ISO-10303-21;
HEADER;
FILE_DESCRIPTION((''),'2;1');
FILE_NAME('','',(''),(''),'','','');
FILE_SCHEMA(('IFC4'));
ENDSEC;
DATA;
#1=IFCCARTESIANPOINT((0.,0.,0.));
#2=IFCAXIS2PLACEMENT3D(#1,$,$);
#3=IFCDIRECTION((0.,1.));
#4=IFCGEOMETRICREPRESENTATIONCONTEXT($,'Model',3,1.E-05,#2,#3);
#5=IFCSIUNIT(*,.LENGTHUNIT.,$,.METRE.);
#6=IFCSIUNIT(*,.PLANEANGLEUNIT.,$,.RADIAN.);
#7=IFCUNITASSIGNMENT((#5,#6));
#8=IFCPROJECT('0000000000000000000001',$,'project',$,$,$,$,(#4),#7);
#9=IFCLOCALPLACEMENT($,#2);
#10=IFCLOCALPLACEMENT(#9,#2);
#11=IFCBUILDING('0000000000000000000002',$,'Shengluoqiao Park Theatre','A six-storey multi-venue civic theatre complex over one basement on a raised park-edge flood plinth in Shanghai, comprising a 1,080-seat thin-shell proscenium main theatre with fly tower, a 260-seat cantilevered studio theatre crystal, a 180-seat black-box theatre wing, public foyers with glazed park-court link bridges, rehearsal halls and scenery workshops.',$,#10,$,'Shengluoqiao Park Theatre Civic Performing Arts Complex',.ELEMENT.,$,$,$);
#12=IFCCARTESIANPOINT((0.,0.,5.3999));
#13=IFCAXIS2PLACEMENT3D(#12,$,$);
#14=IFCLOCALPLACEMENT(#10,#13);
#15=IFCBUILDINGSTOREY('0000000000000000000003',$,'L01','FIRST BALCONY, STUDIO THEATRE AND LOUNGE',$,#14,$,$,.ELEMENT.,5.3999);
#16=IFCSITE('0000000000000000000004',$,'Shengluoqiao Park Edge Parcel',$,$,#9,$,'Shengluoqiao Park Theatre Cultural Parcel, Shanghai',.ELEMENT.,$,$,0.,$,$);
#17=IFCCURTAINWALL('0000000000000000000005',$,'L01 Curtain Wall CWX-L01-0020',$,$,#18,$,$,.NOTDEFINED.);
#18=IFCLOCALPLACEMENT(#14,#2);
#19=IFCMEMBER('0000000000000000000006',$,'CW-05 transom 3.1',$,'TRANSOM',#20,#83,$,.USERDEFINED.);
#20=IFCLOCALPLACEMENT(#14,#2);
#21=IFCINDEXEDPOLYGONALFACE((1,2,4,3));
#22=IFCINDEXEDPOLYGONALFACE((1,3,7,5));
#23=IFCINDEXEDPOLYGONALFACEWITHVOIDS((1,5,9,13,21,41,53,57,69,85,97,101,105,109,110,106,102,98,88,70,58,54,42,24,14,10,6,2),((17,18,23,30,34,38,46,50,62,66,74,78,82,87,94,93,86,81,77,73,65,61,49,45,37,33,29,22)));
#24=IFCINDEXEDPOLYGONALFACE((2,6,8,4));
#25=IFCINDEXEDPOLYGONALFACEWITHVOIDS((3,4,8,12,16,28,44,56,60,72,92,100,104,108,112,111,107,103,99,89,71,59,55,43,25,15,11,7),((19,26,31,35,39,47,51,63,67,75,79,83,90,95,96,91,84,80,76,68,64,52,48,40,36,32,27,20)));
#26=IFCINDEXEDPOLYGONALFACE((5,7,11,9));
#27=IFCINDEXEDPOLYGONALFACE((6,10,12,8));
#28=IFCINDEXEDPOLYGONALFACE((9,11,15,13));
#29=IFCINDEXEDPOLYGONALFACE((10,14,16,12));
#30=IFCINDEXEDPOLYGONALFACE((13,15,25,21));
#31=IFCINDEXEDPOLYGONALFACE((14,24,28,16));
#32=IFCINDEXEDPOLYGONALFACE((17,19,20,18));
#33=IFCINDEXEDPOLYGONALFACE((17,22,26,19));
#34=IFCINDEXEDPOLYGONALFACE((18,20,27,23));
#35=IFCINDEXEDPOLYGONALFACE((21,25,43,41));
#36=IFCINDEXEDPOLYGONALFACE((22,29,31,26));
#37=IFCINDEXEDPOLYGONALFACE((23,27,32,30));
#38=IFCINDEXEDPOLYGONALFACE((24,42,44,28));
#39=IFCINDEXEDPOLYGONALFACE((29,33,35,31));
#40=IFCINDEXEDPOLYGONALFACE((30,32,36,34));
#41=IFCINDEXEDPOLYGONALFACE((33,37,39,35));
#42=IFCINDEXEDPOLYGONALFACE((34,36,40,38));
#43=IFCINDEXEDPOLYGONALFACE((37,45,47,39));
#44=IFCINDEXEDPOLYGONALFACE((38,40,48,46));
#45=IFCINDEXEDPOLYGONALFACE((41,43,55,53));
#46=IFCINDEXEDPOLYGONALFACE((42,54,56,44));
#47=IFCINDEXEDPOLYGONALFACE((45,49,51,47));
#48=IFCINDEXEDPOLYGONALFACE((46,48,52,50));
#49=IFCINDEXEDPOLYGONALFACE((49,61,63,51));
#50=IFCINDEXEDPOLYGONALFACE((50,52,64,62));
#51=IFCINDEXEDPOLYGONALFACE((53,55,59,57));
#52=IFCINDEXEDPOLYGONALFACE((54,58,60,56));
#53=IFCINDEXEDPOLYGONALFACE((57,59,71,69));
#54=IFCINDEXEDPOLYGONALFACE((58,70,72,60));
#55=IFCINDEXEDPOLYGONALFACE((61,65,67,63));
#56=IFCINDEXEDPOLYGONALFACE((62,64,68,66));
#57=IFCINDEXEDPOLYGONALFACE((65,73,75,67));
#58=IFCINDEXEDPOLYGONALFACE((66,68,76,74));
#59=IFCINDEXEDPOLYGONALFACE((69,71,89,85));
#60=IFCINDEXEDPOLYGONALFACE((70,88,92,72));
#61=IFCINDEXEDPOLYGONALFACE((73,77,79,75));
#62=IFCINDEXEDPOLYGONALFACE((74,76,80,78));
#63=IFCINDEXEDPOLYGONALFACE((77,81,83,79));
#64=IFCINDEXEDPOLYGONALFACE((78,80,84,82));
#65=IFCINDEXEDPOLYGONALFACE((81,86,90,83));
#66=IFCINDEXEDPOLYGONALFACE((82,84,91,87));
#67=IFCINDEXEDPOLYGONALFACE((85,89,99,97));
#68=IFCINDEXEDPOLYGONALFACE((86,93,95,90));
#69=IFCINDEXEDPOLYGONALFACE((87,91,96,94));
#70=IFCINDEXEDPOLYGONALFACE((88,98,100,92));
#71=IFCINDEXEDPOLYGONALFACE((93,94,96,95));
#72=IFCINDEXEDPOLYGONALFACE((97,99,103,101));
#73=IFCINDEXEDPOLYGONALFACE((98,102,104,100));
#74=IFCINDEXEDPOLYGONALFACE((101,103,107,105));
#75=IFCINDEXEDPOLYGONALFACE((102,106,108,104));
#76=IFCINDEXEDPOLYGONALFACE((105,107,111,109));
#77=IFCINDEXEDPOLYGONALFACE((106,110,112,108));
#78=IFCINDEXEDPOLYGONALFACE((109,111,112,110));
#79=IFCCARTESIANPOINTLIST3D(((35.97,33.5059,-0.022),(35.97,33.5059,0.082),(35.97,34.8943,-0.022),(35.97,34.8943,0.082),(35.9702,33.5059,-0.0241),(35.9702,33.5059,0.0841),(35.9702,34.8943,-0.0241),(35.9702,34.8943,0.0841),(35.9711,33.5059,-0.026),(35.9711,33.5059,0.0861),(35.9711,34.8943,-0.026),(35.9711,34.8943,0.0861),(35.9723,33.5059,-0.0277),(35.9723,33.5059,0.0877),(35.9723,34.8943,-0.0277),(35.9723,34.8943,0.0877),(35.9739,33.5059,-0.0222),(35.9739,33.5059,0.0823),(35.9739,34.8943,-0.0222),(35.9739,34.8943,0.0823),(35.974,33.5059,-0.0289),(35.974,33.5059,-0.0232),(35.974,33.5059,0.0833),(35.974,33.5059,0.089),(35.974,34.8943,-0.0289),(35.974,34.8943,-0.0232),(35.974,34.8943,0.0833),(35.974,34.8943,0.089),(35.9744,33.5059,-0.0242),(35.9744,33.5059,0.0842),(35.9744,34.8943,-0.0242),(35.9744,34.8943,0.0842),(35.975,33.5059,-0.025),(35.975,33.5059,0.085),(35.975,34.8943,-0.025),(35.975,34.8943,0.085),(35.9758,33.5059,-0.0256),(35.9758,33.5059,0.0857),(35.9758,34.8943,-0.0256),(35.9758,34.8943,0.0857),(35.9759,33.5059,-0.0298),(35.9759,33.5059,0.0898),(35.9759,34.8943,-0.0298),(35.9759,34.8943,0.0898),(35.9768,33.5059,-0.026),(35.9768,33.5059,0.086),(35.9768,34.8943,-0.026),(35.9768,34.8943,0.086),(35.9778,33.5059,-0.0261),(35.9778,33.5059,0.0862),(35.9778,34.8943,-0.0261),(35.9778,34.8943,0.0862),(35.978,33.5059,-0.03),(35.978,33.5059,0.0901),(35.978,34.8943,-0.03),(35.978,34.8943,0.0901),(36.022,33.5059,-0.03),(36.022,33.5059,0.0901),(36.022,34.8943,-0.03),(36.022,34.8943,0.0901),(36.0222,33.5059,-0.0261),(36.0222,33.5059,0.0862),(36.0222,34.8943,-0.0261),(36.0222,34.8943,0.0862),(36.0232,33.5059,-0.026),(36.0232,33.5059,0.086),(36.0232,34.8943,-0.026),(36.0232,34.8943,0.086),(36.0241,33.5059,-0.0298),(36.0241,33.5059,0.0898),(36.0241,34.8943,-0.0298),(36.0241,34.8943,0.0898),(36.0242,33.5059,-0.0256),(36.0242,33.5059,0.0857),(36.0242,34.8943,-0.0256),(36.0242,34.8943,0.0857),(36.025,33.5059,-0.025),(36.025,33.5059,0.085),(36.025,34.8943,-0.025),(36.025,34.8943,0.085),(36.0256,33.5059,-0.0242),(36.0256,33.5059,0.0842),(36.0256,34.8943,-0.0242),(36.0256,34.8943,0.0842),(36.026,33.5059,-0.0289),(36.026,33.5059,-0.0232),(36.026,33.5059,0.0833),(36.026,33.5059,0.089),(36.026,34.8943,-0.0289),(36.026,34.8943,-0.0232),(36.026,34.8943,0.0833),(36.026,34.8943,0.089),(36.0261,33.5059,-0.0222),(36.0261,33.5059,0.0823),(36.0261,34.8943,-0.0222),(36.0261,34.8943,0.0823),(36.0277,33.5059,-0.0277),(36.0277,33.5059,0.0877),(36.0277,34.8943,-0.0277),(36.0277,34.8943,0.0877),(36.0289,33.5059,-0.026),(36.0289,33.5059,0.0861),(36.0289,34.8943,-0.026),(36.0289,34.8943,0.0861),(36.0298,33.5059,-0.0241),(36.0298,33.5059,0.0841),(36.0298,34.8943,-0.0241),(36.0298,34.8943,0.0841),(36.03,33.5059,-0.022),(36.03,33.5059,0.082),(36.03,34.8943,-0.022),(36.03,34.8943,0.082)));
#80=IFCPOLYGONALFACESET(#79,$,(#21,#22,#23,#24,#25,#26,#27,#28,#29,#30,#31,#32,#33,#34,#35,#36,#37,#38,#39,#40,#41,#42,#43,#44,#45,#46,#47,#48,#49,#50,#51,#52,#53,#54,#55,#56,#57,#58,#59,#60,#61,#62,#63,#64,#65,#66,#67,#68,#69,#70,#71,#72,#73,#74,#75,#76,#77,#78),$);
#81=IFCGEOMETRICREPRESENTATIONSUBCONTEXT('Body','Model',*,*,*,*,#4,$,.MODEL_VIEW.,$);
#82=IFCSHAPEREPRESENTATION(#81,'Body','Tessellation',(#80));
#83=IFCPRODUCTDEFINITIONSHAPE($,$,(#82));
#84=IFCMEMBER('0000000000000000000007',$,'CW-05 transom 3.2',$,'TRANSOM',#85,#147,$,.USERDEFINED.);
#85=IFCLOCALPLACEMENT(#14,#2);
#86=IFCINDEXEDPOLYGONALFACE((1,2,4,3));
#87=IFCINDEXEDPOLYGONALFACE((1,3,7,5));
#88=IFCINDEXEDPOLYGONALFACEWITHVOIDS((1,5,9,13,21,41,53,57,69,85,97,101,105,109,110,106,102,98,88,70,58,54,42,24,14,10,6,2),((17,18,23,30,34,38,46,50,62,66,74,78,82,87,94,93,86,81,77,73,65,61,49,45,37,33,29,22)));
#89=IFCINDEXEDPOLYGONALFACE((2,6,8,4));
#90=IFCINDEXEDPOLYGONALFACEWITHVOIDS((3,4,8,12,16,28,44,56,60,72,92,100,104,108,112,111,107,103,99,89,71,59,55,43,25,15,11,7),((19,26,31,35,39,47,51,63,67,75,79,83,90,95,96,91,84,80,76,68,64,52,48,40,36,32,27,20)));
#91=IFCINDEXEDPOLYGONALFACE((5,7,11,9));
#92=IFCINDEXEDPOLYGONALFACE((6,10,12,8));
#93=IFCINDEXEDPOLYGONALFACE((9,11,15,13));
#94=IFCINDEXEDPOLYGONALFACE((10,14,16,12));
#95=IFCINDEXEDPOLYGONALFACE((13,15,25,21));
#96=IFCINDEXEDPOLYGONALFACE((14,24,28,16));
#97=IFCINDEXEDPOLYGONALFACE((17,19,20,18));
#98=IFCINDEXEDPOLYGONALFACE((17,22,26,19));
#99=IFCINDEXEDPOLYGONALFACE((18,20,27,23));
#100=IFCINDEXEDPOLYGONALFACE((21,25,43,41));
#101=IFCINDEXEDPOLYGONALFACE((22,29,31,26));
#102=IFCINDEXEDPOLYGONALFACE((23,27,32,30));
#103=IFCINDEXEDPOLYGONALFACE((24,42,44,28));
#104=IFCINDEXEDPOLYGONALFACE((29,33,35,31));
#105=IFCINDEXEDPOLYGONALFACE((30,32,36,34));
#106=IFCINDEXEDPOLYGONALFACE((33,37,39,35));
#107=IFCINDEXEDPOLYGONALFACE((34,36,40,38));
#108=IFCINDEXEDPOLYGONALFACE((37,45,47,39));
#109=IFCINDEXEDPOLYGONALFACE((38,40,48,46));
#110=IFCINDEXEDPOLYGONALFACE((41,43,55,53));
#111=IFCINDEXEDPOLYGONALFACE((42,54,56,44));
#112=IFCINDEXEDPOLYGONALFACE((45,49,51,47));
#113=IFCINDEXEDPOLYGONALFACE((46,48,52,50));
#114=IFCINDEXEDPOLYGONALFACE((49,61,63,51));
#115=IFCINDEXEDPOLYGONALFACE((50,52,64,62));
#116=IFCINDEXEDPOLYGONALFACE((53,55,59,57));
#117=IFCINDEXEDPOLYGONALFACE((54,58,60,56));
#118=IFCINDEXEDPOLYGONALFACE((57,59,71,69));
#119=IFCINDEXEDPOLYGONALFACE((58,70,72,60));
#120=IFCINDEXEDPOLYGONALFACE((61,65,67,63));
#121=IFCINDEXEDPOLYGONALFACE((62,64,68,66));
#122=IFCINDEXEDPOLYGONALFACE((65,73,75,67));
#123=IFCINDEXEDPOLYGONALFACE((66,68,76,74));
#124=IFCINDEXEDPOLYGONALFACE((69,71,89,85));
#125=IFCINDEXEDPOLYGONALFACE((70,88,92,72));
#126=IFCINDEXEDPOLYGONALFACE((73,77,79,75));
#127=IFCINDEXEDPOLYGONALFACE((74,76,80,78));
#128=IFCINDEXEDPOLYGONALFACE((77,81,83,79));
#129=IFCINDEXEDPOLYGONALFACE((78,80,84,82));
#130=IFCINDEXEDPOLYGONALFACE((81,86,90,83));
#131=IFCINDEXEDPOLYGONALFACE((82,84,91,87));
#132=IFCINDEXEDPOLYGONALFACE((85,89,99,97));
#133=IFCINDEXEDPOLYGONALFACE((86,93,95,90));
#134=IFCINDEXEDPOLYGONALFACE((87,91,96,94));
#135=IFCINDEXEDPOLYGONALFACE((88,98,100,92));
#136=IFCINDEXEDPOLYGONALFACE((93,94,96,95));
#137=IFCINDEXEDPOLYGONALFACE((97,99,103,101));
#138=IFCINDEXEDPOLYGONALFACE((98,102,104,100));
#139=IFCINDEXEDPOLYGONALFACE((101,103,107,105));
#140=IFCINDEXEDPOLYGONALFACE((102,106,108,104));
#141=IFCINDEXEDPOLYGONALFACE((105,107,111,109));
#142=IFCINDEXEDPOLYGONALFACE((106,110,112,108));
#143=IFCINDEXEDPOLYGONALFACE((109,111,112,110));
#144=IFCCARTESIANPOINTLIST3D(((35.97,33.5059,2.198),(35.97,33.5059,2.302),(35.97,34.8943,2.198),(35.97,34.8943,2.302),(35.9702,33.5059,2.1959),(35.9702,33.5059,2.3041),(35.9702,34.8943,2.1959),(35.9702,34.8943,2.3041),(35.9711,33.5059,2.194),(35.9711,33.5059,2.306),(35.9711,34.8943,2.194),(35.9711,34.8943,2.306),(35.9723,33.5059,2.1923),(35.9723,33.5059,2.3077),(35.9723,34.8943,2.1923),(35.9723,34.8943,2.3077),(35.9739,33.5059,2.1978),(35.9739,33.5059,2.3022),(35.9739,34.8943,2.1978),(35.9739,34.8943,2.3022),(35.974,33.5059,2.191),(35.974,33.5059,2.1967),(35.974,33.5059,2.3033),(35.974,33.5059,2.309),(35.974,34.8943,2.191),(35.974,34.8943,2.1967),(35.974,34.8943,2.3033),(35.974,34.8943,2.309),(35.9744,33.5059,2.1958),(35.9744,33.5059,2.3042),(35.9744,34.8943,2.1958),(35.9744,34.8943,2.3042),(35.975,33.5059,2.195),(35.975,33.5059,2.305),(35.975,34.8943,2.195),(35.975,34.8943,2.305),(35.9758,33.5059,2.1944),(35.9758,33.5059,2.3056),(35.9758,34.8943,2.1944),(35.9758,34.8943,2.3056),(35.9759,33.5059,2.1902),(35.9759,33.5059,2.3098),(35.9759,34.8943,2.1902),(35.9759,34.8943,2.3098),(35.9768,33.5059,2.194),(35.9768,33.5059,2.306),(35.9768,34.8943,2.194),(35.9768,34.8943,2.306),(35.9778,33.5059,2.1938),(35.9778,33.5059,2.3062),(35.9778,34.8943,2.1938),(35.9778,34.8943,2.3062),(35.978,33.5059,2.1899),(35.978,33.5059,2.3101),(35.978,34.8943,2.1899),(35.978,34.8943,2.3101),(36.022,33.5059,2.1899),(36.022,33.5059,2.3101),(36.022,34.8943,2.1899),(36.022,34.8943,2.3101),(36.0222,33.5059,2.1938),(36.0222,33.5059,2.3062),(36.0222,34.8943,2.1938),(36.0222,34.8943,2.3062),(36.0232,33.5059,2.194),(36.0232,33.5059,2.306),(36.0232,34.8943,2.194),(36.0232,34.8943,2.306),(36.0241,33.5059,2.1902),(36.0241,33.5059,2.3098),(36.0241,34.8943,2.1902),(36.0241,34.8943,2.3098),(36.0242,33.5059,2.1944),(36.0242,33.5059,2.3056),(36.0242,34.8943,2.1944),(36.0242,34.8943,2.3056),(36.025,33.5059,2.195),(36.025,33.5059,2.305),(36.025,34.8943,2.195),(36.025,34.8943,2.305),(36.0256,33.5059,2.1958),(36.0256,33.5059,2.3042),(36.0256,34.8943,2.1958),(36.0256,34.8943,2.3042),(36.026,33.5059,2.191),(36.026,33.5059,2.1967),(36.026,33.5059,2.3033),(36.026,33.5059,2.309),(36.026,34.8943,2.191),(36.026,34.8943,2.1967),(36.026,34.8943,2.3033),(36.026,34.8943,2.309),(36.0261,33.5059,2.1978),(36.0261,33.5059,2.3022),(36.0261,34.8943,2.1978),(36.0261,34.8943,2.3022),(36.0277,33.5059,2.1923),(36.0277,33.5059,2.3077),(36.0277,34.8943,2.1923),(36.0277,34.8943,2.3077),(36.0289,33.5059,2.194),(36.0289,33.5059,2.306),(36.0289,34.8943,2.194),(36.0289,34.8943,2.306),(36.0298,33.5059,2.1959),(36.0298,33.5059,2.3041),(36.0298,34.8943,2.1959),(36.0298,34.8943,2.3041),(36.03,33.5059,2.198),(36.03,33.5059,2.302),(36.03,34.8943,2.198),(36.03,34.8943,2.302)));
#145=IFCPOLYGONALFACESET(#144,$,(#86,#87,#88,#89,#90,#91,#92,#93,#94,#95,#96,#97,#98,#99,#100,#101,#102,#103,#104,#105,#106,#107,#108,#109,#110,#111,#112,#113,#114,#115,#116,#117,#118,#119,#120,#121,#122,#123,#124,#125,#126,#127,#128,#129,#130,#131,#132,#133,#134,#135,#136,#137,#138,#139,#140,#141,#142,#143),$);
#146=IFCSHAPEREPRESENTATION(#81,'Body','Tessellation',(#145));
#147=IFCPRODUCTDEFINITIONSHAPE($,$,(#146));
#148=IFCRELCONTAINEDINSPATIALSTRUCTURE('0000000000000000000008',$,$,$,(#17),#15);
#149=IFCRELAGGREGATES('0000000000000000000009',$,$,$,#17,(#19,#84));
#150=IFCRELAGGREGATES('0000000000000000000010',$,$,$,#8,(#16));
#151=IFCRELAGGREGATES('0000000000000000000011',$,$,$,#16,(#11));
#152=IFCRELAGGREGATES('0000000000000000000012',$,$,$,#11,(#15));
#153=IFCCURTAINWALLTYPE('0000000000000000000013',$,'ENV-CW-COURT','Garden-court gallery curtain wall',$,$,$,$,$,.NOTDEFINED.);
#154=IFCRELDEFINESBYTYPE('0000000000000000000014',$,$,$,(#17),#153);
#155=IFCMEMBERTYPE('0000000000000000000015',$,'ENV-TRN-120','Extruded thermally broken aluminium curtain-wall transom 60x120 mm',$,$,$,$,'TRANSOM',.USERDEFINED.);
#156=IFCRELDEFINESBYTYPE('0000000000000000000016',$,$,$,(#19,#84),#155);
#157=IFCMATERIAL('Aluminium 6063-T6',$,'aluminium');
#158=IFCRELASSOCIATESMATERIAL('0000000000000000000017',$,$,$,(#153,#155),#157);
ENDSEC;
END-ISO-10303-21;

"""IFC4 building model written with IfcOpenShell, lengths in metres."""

from ifc_helpers import new_model, si_unit, direction, frame, origin, origin_2d, place, context, subcontext, project, spatial, hollow_rectangle, extrude, material, material_profile, profile_set, type_object, element, aggregate, save


model = new_model("IFC4")

# Units and contexts
model_context = context("Model", 3, precision=1e-05, world=origin(), true_north=direction((0.0, 1.0)))
body_context = subcontext(model_context, "Body", "Model", "MODEL_VIEW")
ifc_project = project(units=[si_unit("LENGTHUNIT", "METRE"), si_unit("PLANEANGLEUNIT", "RADIAN")], contexts=[model_context])

# Site, building, storey
site_placement = place(None, origin())
site = spatial("IfcSite", under=ifc_project, at=site_placement, Name="Shengluoqiao Park Edge Parcel", LongName="Shengluoqiao Park Theatre Cultural Parcel, Shanghai", CompositionType="ELEMENT", RefElevation=0.0)
building_placement = place(site_placement, origin())
building = spatial("IfcBuilding", under=site, at=building_placement, Name="Shengluoqiao Park Theatre", Description="A six-storey multi-venue civic theatre complex over one basement on a raised park-edge flood plinth in Shanghai, comprising a 1,080-seat thin-shell proscenium main theatre with fly tower, a 260-seat cantilevered studio theatre crystal, a 180-seat black-box theatre wing, public foyers with glazed park-court link bridges, rehearsal halls and scenery workshops.", LongName="Shengluoqiao Park Theatre Civic Performing Arts Complex", CompositionType="ELEMENT")
storey_placement = place(building_placement, frame((0.0, 0.0, 5.3999)))
storey = spatial("IfcBuildingStorey", under=building, at=storey_placement, Name="L01", Description="FIRST BALCONY, STUDIO THEATRE AND LOUNGE", CompositionType="ELEMENT", Elevation=5.3999)

# Curtain wall
ifc_material_1 = material(Name="Aluminium 6063-T6", Category="aluminium")
curtain_wall_type = type_object("IfcCurtainWallType", Name="ENV-CW-COURT", Description="Garden-court gallery curtain wall", PredefinedType="NOTDEFINED", material=ifc_material_1)
curtain_wall_1_placement = place(storey_placement, origin())
curtain_wall_1 = element("IfcCurtainWall", 1, at=curtain_wall_1_placement, inside=storey, type_object=curtain_wall_type, Name="L01 Curtain Wall CWX-L01-0020", PredefinedType="NOTDEFINED")

# Members
ifc_material_profile_1 = material_profile(ifc_material_1, hollow_rectangle(XDim=0.0601, YDim=0.1201, WallThickness=0.0039, InnerFilletRadius=0.0039, OuterFilletRadius=0.0081, at=origin_2d()), Name="ALU TRANSOM 120x60x4")
ifc_profile_set_1 = profile_set([ifc_material_profile_1], Name="Aluminium 6063-T6")
member_type_1 = type_object("IfcMemberType", Name="ENV-TRN-120", Description="Extruded thermally broken aluminium curtain-wall transom 60x120 mm", ElementType="TRANSOM", PredefinedType="USERDEFINED", material=ifc_profile_set_1)
member_1_placement = place(storey_placement, frame((36.0, 33.5059, 0.03), z_axis=(0.0, 1.0, 0.0), x_axis=(-1.0, 0.0, 0.0)))
member_1 = element("IfcMember", 2, at=member_1_placement, type_object=member_type_1, Name="CW-05 transom 3.1", ObjectType="TRANSOM", PredefinedType="USERDEFINED", context=body_context, shape_type="SweptSolid", body=[
    extrude(hollow_rectangle(XDim=0.0601, YDim=0.1201, WallThickness=0.0039, InnerFilletRadius=0.0039, OuterFilletRadius=0.0081, at=origin_2d()), origin(), (0.0, 0.0, 1.0), 1.3884),
])
member_2_placement = place(storey_placement, frame((36.0, 33.5059, 2.25), z_axis=(0.0, 1.0, 0.0), x_axis=(-1.0, 0.0, 0.0)))
member_2 = element("IfcMember", 3, at=member_2_placement, type_object=member_type_1, Name="CW-05 transom 3.2", ObjectType="TRANSOM", PredefinedType="USERDEFINED", context=body_context, shape_type="SweptSolid", body=[
    extrude(hollow_rectangle(XDim=0.0601, YDim=0.1201, WallThickness=0.0039, InnerFilletRadius=0.0039, OuterFilletRadius=0.0081, at=origin_2d()), origin(), (0.0, 0.0, 1.0), 1.3884),
])

aggregate(curtain_wall_1, [member_1, member_2])

save(model, "model.ifc")
